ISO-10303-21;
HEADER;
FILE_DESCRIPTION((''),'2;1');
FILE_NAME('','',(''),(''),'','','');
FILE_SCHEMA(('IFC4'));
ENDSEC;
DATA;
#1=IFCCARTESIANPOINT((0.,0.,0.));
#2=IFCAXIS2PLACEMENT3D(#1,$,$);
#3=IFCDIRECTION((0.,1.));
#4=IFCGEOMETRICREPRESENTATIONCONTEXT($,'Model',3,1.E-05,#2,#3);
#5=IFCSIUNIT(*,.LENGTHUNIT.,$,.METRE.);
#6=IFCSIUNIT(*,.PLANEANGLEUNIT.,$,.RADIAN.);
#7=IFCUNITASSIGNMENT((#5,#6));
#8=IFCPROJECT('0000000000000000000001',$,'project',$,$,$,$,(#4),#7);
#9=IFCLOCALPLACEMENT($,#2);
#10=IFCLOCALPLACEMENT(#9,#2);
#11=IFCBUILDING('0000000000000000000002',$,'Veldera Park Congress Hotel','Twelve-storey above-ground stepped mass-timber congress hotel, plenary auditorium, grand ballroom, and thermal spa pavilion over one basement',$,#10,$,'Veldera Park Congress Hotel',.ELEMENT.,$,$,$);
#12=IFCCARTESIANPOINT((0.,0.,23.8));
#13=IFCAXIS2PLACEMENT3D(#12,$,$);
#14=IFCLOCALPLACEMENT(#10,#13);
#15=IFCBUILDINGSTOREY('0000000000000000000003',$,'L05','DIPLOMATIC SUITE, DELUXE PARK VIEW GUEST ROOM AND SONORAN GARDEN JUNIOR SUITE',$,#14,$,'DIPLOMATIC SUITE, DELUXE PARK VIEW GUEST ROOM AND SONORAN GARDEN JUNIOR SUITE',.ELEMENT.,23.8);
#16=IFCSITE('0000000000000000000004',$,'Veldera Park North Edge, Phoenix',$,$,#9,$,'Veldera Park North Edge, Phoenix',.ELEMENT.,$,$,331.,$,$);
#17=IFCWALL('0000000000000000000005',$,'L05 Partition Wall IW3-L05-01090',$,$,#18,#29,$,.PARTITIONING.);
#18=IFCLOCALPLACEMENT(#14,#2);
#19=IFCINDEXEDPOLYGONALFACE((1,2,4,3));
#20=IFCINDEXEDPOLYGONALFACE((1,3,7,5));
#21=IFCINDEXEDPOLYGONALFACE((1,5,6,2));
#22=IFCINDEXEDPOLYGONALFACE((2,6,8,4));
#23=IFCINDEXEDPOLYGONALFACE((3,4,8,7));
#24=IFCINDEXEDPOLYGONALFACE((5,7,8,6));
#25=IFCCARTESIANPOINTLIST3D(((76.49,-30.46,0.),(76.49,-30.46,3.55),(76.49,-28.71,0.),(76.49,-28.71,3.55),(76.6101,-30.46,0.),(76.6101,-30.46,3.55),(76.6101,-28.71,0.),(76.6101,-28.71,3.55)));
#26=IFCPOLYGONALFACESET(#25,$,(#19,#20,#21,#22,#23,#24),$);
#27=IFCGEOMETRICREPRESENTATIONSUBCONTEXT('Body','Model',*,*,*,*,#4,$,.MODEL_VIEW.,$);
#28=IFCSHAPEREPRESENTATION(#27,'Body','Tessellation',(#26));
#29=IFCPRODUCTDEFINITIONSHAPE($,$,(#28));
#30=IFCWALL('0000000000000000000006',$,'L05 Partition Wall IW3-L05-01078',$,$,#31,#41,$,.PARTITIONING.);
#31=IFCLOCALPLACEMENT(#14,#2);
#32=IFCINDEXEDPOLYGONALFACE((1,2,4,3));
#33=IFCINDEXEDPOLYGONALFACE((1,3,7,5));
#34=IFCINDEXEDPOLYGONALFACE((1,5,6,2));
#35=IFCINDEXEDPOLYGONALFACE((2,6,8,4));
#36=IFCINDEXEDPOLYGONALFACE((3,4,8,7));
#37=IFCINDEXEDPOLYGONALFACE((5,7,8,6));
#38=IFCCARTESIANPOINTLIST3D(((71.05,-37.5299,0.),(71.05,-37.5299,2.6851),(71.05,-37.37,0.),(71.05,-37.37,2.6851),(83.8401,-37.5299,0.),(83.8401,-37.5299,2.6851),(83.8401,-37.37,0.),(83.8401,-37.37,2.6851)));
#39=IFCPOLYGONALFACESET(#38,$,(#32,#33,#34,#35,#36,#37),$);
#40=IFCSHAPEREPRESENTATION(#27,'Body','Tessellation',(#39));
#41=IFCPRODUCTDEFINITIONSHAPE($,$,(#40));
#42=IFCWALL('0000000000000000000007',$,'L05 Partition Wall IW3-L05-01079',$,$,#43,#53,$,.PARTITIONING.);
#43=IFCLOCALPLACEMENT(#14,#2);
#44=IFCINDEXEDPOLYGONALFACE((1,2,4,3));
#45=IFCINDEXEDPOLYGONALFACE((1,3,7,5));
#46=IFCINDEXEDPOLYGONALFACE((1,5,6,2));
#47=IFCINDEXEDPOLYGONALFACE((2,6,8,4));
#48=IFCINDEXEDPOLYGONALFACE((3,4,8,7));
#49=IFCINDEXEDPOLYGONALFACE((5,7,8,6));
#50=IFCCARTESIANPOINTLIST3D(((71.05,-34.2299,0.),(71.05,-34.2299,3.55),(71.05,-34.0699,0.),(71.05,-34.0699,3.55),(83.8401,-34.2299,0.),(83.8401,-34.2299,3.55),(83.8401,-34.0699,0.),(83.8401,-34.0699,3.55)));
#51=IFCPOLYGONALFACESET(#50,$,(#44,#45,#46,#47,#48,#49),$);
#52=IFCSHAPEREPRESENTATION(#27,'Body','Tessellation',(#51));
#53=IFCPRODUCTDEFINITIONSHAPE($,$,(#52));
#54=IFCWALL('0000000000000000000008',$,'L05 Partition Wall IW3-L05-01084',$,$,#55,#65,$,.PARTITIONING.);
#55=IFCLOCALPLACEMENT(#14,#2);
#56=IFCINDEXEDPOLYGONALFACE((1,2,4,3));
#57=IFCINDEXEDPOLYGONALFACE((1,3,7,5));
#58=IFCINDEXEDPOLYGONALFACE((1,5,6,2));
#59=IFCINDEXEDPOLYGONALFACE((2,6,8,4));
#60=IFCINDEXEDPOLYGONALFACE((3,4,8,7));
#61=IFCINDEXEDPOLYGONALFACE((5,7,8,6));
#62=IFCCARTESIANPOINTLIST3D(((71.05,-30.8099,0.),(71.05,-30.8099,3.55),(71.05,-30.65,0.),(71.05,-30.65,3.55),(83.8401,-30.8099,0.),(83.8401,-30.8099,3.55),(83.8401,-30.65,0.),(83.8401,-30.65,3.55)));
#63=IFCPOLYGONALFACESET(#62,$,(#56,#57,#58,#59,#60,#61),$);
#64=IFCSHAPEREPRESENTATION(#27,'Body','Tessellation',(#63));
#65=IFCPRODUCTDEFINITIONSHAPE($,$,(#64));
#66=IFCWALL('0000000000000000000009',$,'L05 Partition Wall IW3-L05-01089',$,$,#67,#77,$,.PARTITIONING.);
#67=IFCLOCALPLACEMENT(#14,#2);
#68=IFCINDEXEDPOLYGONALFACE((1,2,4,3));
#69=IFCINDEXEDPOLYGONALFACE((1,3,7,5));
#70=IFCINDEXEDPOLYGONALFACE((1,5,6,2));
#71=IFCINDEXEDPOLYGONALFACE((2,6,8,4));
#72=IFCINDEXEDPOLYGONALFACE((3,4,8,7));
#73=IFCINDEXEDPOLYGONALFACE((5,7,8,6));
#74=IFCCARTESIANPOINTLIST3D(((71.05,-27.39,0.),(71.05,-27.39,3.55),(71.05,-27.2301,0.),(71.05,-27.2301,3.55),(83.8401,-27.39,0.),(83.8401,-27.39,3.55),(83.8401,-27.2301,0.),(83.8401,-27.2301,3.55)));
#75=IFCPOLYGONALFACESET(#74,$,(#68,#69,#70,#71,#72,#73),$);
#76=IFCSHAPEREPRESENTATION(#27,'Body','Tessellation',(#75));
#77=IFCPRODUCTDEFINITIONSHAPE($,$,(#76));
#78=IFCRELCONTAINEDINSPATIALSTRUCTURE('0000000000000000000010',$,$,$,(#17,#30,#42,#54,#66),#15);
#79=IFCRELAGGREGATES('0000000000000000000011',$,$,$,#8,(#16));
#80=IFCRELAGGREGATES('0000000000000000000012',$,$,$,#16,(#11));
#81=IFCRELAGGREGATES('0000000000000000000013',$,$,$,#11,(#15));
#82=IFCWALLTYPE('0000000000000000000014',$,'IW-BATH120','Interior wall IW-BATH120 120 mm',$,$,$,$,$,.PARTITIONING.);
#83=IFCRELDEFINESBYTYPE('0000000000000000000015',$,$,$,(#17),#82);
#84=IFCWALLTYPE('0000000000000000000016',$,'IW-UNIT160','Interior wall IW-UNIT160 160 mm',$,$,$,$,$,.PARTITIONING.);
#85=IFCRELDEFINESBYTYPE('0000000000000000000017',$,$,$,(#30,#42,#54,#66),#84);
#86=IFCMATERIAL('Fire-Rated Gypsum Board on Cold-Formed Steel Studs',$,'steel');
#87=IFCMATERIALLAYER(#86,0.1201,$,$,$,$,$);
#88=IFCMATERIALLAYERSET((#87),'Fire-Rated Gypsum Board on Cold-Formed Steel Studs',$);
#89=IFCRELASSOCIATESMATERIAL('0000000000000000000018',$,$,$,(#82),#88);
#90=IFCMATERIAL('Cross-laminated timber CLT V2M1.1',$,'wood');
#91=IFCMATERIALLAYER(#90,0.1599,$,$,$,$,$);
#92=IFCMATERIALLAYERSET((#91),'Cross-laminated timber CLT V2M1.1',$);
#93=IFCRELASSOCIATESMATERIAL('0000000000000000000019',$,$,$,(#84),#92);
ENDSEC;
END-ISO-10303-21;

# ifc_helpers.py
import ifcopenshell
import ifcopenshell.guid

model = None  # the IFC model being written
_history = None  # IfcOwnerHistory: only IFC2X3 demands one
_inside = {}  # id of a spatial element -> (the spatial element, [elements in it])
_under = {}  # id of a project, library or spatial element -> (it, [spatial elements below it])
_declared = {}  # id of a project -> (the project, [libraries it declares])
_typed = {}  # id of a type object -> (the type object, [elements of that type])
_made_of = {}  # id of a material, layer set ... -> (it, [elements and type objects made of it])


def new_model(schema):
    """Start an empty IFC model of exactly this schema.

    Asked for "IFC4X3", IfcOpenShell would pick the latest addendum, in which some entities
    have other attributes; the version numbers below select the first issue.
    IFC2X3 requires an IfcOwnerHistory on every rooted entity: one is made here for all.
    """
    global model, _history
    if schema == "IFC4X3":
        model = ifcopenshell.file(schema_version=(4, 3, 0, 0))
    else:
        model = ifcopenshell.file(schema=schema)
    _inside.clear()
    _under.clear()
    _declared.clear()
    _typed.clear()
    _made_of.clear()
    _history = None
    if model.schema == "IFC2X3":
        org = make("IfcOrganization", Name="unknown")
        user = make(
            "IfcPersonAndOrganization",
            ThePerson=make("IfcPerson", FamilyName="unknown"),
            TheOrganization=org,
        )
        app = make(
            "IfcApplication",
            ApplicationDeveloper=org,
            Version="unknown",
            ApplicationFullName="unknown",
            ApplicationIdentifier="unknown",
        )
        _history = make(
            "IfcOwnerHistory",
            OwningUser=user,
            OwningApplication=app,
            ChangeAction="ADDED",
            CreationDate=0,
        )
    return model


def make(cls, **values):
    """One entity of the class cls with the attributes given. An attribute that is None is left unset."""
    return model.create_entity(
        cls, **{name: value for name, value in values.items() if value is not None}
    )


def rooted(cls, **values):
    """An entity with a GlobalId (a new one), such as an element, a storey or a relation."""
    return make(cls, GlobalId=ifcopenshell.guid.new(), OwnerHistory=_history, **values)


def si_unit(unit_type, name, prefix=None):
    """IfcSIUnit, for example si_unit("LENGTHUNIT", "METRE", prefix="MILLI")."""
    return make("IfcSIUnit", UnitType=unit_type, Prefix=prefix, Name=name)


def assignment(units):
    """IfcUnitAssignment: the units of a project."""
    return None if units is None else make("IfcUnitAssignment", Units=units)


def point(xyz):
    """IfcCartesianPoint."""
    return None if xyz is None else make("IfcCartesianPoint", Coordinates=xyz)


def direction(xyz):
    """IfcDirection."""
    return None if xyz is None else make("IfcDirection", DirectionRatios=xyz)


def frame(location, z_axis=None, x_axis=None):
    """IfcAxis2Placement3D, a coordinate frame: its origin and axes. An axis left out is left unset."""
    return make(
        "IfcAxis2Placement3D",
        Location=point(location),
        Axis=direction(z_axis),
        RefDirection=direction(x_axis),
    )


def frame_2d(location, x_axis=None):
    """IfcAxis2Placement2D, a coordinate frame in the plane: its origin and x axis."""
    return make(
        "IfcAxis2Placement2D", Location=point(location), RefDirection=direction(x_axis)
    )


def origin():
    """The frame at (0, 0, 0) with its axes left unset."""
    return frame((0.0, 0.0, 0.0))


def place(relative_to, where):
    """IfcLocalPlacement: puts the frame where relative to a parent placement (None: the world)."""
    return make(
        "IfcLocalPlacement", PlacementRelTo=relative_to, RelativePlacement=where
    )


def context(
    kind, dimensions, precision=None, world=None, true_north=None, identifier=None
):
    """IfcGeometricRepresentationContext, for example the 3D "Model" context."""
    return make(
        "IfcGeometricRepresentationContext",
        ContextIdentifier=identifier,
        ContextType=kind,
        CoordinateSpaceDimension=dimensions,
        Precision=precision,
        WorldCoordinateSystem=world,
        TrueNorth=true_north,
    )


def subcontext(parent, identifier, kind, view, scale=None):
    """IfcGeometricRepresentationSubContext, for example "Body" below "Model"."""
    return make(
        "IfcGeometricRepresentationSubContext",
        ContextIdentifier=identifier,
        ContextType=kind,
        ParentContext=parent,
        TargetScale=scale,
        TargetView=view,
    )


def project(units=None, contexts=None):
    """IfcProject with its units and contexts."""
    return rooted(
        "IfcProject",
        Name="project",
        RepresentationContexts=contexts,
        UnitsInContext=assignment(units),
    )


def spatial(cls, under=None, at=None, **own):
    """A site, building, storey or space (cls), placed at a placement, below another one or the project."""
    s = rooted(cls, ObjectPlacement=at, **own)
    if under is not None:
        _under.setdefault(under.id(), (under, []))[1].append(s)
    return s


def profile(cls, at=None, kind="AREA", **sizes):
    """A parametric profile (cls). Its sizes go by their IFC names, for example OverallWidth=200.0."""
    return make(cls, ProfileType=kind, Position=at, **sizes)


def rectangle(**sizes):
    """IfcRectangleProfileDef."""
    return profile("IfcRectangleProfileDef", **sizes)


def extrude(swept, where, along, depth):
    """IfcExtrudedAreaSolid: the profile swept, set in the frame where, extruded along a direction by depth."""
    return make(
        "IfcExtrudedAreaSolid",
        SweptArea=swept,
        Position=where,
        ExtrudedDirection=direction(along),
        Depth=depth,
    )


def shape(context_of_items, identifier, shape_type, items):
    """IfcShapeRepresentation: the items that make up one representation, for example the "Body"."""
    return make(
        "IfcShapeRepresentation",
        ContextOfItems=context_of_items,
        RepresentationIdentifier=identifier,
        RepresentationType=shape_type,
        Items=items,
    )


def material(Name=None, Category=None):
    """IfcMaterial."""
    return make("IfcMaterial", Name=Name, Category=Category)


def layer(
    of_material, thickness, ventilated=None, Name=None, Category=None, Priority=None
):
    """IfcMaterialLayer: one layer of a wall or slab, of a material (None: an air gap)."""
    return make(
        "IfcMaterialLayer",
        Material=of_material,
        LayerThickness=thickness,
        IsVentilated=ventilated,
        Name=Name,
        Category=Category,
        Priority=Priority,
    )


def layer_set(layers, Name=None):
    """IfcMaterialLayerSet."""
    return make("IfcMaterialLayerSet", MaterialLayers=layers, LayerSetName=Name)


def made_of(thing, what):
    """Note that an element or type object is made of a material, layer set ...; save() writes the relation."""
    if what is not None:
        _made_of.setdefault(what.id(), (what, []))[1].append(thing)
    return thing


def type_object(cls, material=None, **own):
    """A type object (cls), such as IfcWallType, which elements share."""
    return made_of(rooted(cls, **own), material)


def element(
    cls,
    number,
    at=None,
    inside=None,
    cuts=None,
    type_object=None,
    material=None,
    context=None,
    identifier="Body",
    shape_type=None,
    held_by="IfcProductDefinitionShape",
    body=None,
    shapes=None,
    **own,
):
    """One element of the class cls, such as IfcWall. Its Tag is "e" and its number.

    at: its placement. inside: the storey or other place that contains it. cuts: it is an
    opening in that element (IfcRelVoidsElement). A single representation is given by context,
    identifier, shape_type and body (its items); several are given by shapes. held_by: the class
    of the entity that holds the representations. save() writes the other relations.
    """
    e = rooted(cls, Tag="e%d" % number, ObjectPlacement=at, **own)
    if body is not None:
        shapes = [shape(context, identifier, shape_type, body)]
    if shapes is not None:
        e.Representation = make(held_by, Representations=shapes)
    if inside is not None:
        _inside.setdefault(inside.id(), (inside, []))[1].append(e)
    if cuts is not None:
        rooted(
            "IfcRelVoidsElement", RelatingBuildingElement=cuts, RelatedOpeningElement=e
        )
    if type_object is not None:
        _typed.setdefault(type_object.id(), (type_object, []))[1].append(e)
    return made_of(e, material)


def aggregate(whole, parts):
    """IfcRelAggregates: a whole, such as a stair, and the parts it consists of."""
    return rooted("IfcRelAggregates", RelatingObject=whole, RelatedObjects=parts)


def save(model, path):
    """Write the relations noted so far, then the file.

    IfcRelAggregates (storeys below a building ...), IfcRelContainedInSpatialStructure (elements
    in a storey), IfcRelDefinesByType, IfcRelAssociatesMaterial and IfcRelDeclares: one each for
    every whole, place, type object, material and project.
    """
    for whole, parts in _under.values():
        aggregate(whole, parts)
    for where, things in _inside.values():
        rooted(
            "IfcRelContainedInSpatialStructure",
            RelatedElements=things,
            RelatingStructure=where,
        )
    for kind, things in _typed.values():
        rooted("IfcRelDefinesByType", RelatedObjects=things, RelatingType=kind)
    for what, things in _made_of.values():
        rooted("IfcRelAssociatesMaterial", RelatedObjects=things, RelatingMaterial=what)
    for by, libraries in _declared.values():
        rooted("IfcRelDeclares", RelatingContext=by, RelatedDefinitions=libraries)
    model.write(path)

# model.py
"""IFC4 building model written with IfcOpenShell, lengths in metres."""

from ifc_helpers import new_model, si_unit, direction, frame, frame_2d, origin, place, context, subcontext, project, spatial, rectangle, extrude, material, layer, layer_set, type_object, element, save


model = new_model("IFC4")

# Units and contexts
model_context = context("Model", 3, precision=1e-05, world=origin(), true_north=direction((0.0, 1.0)))
body_context = subcontext(model_context, "Body", "Model", "MODEL_VIEW")
ifc_project = project(units=[si_unit("LENGTHUNIT", "METRE"), si_unit("PLANEANGLEUNIT", "RADIAN")], contexts=[model_context])

# Site, building, storey
site_placement = place(None, origin())
site = spatial("IfcSite", under=ifc_project, at=site_placement, Name="Veldera Park North Edge, Phoenix", LongName="Veldera Park North Edge, Phoenix", CompositionType="ELEMENT", RefElevation=331.0)
building_placement = place(site_placement, origin())
building = spatial("IfcBuilding", under=site, at=building_placement, Name="Veldera Park Congress Hotel", Description="Twelve-storey above-ground stepped mass-timber congress hotel, plenary auditorium, grand ballroom, and thermal spa pavilion over one basement", LongName="Veldera Park Congress Hotel", CompositionType="ELEMENT")
storey_placement = place(building_placement, frame((0.0, 0.0, 23.8)))
storey = spatial("IfcBuildingStorey", under=building, at=storey_placement, Name="L05", Description="DIPLOMATIC SUITE, DELUXE PARK VIEW GUEST ROOM AND SONORAN GARDEN JUNIOR SUITE", LongName="DIPLOMATIC SUITE, DELUXE PARK VIEW GUEST ROOM AND SONORAN GARDEN JUNIOR SUITE", CompositionType="ELEMENT", Elevation=23.8)

# Shared definitions
ifc_material_1 = material(Name="Cross-laminated timber CLT V2M1.1", Category="wood")

# Shared definitions
ifc_material_2 = material(Name="Fire-Rated Gypsum Board on Cold-Formed Steel Studs", Category="steel")
ifc_layer_1 = layer(ifc_material_2, 0.1201)
ifc_layer_set_1 = layer_set([ifc_layer_1], Name="Fire-Rated Gypsum Board on Cold-Formed Steel Studs")
wall_type_1 = type_object("IfcWallType", Name="IW-BATH120", Description="Interior wall IW-BATH120 120 mm", PredefinedType="PARTITIONING", material=ifc_layer_set_1)

# Wall
wall_1_placement = place(storey_placement, frame((76.55, -30.46, 0.0), z_axis=(0.0, 0.0, 1.0), x_axis=(0.0, 1.0, 0.0)))
element("IfcWall", 1, at=wall_1_placement, inside=storey, type_object=wall_type_1, Name="L05 Partition Wall IW3-L05-01090", PredefinedType="PARTITIONING", context=body_context, shape_type="SweptSolid", body=[
    extrude(rectangle(XDim=1.75, YDim=0.1201, at=frame_2d((0.875, 0.0))), origin(), (0.0, 0.0, 1.0), 3.55),
])

# Walls
ifc_layer_2 = layer(ifc_material_1, 0.1599)
ifc_layer_set_2 = layer_set([ifc_layer_2], Name="Cross-laminated timber CLT V2M1.1")
wall_type_2 = type_object("IfcWallType", Name="IW-UNIT160", Description="Interior wall IW-UNIT160 160 mm", PredefinedType="PARTITIONING", material=ifc_layer_set_2)
wall_2_placement = place(storey_placement, frame((71.05, -37.45, 0.0), z_axis=(0.0, 0.0, 1.0), x_axis=(1.0, 0.0, 0.0)))
element("IfcWall", 2, at=wall_2_placement, inside=storey, type_object=wall_type_2, Name="L05 Partition Wall IW3-L05-01078", PredefinedType="PARTITIONING", context=body_context, shape_type="SweptSolid", body=[
    extrude(rectangle(XDim=12.79, YDim=0.1599, at=frame_2d((6.395, 0.0))), origin(), (0.0, 0.0, 1.0), 2.6851),
])
for number, where, z_axis, x_axis, name in (
    (3, (71.05, -34.1499, 0.0), (0.0, 0.0, 1.0), (1.0, 0.0, 0.0), "L05 Partition Wall IW3-L05-01079"),
    (4, (71.05, -30.73, 0.0), (0.0, 0.0, 1.0), (1.0, 0.0, 0.0), "L05 Partition Wall IW3-L05-01084"),
    (5, (71.05, -27.3101, 0.0), (0.0, 0.0, 1.0), (1.0, 0.0, 0.0), "L05 Partition Wall IW3-L05-01089"),
):
    element("IfcWall", number, at=place(storey_placement, frame(where, z_axis=z_axis, x_axis=x_axis)), inside=storey, type_object=wall_type_2, Name=name, PredefinedType="PARTITIONING", context=body_context, shape_type="SweptSolid", body=[
        extrude(rectangle(XDim=12.79, YDim=0.1599, at=frame_2d((6.395, 0.0))), origin(), (0.0, 0.0, 1.0), 3.55),
    ])

save(model, "model.ifc")
